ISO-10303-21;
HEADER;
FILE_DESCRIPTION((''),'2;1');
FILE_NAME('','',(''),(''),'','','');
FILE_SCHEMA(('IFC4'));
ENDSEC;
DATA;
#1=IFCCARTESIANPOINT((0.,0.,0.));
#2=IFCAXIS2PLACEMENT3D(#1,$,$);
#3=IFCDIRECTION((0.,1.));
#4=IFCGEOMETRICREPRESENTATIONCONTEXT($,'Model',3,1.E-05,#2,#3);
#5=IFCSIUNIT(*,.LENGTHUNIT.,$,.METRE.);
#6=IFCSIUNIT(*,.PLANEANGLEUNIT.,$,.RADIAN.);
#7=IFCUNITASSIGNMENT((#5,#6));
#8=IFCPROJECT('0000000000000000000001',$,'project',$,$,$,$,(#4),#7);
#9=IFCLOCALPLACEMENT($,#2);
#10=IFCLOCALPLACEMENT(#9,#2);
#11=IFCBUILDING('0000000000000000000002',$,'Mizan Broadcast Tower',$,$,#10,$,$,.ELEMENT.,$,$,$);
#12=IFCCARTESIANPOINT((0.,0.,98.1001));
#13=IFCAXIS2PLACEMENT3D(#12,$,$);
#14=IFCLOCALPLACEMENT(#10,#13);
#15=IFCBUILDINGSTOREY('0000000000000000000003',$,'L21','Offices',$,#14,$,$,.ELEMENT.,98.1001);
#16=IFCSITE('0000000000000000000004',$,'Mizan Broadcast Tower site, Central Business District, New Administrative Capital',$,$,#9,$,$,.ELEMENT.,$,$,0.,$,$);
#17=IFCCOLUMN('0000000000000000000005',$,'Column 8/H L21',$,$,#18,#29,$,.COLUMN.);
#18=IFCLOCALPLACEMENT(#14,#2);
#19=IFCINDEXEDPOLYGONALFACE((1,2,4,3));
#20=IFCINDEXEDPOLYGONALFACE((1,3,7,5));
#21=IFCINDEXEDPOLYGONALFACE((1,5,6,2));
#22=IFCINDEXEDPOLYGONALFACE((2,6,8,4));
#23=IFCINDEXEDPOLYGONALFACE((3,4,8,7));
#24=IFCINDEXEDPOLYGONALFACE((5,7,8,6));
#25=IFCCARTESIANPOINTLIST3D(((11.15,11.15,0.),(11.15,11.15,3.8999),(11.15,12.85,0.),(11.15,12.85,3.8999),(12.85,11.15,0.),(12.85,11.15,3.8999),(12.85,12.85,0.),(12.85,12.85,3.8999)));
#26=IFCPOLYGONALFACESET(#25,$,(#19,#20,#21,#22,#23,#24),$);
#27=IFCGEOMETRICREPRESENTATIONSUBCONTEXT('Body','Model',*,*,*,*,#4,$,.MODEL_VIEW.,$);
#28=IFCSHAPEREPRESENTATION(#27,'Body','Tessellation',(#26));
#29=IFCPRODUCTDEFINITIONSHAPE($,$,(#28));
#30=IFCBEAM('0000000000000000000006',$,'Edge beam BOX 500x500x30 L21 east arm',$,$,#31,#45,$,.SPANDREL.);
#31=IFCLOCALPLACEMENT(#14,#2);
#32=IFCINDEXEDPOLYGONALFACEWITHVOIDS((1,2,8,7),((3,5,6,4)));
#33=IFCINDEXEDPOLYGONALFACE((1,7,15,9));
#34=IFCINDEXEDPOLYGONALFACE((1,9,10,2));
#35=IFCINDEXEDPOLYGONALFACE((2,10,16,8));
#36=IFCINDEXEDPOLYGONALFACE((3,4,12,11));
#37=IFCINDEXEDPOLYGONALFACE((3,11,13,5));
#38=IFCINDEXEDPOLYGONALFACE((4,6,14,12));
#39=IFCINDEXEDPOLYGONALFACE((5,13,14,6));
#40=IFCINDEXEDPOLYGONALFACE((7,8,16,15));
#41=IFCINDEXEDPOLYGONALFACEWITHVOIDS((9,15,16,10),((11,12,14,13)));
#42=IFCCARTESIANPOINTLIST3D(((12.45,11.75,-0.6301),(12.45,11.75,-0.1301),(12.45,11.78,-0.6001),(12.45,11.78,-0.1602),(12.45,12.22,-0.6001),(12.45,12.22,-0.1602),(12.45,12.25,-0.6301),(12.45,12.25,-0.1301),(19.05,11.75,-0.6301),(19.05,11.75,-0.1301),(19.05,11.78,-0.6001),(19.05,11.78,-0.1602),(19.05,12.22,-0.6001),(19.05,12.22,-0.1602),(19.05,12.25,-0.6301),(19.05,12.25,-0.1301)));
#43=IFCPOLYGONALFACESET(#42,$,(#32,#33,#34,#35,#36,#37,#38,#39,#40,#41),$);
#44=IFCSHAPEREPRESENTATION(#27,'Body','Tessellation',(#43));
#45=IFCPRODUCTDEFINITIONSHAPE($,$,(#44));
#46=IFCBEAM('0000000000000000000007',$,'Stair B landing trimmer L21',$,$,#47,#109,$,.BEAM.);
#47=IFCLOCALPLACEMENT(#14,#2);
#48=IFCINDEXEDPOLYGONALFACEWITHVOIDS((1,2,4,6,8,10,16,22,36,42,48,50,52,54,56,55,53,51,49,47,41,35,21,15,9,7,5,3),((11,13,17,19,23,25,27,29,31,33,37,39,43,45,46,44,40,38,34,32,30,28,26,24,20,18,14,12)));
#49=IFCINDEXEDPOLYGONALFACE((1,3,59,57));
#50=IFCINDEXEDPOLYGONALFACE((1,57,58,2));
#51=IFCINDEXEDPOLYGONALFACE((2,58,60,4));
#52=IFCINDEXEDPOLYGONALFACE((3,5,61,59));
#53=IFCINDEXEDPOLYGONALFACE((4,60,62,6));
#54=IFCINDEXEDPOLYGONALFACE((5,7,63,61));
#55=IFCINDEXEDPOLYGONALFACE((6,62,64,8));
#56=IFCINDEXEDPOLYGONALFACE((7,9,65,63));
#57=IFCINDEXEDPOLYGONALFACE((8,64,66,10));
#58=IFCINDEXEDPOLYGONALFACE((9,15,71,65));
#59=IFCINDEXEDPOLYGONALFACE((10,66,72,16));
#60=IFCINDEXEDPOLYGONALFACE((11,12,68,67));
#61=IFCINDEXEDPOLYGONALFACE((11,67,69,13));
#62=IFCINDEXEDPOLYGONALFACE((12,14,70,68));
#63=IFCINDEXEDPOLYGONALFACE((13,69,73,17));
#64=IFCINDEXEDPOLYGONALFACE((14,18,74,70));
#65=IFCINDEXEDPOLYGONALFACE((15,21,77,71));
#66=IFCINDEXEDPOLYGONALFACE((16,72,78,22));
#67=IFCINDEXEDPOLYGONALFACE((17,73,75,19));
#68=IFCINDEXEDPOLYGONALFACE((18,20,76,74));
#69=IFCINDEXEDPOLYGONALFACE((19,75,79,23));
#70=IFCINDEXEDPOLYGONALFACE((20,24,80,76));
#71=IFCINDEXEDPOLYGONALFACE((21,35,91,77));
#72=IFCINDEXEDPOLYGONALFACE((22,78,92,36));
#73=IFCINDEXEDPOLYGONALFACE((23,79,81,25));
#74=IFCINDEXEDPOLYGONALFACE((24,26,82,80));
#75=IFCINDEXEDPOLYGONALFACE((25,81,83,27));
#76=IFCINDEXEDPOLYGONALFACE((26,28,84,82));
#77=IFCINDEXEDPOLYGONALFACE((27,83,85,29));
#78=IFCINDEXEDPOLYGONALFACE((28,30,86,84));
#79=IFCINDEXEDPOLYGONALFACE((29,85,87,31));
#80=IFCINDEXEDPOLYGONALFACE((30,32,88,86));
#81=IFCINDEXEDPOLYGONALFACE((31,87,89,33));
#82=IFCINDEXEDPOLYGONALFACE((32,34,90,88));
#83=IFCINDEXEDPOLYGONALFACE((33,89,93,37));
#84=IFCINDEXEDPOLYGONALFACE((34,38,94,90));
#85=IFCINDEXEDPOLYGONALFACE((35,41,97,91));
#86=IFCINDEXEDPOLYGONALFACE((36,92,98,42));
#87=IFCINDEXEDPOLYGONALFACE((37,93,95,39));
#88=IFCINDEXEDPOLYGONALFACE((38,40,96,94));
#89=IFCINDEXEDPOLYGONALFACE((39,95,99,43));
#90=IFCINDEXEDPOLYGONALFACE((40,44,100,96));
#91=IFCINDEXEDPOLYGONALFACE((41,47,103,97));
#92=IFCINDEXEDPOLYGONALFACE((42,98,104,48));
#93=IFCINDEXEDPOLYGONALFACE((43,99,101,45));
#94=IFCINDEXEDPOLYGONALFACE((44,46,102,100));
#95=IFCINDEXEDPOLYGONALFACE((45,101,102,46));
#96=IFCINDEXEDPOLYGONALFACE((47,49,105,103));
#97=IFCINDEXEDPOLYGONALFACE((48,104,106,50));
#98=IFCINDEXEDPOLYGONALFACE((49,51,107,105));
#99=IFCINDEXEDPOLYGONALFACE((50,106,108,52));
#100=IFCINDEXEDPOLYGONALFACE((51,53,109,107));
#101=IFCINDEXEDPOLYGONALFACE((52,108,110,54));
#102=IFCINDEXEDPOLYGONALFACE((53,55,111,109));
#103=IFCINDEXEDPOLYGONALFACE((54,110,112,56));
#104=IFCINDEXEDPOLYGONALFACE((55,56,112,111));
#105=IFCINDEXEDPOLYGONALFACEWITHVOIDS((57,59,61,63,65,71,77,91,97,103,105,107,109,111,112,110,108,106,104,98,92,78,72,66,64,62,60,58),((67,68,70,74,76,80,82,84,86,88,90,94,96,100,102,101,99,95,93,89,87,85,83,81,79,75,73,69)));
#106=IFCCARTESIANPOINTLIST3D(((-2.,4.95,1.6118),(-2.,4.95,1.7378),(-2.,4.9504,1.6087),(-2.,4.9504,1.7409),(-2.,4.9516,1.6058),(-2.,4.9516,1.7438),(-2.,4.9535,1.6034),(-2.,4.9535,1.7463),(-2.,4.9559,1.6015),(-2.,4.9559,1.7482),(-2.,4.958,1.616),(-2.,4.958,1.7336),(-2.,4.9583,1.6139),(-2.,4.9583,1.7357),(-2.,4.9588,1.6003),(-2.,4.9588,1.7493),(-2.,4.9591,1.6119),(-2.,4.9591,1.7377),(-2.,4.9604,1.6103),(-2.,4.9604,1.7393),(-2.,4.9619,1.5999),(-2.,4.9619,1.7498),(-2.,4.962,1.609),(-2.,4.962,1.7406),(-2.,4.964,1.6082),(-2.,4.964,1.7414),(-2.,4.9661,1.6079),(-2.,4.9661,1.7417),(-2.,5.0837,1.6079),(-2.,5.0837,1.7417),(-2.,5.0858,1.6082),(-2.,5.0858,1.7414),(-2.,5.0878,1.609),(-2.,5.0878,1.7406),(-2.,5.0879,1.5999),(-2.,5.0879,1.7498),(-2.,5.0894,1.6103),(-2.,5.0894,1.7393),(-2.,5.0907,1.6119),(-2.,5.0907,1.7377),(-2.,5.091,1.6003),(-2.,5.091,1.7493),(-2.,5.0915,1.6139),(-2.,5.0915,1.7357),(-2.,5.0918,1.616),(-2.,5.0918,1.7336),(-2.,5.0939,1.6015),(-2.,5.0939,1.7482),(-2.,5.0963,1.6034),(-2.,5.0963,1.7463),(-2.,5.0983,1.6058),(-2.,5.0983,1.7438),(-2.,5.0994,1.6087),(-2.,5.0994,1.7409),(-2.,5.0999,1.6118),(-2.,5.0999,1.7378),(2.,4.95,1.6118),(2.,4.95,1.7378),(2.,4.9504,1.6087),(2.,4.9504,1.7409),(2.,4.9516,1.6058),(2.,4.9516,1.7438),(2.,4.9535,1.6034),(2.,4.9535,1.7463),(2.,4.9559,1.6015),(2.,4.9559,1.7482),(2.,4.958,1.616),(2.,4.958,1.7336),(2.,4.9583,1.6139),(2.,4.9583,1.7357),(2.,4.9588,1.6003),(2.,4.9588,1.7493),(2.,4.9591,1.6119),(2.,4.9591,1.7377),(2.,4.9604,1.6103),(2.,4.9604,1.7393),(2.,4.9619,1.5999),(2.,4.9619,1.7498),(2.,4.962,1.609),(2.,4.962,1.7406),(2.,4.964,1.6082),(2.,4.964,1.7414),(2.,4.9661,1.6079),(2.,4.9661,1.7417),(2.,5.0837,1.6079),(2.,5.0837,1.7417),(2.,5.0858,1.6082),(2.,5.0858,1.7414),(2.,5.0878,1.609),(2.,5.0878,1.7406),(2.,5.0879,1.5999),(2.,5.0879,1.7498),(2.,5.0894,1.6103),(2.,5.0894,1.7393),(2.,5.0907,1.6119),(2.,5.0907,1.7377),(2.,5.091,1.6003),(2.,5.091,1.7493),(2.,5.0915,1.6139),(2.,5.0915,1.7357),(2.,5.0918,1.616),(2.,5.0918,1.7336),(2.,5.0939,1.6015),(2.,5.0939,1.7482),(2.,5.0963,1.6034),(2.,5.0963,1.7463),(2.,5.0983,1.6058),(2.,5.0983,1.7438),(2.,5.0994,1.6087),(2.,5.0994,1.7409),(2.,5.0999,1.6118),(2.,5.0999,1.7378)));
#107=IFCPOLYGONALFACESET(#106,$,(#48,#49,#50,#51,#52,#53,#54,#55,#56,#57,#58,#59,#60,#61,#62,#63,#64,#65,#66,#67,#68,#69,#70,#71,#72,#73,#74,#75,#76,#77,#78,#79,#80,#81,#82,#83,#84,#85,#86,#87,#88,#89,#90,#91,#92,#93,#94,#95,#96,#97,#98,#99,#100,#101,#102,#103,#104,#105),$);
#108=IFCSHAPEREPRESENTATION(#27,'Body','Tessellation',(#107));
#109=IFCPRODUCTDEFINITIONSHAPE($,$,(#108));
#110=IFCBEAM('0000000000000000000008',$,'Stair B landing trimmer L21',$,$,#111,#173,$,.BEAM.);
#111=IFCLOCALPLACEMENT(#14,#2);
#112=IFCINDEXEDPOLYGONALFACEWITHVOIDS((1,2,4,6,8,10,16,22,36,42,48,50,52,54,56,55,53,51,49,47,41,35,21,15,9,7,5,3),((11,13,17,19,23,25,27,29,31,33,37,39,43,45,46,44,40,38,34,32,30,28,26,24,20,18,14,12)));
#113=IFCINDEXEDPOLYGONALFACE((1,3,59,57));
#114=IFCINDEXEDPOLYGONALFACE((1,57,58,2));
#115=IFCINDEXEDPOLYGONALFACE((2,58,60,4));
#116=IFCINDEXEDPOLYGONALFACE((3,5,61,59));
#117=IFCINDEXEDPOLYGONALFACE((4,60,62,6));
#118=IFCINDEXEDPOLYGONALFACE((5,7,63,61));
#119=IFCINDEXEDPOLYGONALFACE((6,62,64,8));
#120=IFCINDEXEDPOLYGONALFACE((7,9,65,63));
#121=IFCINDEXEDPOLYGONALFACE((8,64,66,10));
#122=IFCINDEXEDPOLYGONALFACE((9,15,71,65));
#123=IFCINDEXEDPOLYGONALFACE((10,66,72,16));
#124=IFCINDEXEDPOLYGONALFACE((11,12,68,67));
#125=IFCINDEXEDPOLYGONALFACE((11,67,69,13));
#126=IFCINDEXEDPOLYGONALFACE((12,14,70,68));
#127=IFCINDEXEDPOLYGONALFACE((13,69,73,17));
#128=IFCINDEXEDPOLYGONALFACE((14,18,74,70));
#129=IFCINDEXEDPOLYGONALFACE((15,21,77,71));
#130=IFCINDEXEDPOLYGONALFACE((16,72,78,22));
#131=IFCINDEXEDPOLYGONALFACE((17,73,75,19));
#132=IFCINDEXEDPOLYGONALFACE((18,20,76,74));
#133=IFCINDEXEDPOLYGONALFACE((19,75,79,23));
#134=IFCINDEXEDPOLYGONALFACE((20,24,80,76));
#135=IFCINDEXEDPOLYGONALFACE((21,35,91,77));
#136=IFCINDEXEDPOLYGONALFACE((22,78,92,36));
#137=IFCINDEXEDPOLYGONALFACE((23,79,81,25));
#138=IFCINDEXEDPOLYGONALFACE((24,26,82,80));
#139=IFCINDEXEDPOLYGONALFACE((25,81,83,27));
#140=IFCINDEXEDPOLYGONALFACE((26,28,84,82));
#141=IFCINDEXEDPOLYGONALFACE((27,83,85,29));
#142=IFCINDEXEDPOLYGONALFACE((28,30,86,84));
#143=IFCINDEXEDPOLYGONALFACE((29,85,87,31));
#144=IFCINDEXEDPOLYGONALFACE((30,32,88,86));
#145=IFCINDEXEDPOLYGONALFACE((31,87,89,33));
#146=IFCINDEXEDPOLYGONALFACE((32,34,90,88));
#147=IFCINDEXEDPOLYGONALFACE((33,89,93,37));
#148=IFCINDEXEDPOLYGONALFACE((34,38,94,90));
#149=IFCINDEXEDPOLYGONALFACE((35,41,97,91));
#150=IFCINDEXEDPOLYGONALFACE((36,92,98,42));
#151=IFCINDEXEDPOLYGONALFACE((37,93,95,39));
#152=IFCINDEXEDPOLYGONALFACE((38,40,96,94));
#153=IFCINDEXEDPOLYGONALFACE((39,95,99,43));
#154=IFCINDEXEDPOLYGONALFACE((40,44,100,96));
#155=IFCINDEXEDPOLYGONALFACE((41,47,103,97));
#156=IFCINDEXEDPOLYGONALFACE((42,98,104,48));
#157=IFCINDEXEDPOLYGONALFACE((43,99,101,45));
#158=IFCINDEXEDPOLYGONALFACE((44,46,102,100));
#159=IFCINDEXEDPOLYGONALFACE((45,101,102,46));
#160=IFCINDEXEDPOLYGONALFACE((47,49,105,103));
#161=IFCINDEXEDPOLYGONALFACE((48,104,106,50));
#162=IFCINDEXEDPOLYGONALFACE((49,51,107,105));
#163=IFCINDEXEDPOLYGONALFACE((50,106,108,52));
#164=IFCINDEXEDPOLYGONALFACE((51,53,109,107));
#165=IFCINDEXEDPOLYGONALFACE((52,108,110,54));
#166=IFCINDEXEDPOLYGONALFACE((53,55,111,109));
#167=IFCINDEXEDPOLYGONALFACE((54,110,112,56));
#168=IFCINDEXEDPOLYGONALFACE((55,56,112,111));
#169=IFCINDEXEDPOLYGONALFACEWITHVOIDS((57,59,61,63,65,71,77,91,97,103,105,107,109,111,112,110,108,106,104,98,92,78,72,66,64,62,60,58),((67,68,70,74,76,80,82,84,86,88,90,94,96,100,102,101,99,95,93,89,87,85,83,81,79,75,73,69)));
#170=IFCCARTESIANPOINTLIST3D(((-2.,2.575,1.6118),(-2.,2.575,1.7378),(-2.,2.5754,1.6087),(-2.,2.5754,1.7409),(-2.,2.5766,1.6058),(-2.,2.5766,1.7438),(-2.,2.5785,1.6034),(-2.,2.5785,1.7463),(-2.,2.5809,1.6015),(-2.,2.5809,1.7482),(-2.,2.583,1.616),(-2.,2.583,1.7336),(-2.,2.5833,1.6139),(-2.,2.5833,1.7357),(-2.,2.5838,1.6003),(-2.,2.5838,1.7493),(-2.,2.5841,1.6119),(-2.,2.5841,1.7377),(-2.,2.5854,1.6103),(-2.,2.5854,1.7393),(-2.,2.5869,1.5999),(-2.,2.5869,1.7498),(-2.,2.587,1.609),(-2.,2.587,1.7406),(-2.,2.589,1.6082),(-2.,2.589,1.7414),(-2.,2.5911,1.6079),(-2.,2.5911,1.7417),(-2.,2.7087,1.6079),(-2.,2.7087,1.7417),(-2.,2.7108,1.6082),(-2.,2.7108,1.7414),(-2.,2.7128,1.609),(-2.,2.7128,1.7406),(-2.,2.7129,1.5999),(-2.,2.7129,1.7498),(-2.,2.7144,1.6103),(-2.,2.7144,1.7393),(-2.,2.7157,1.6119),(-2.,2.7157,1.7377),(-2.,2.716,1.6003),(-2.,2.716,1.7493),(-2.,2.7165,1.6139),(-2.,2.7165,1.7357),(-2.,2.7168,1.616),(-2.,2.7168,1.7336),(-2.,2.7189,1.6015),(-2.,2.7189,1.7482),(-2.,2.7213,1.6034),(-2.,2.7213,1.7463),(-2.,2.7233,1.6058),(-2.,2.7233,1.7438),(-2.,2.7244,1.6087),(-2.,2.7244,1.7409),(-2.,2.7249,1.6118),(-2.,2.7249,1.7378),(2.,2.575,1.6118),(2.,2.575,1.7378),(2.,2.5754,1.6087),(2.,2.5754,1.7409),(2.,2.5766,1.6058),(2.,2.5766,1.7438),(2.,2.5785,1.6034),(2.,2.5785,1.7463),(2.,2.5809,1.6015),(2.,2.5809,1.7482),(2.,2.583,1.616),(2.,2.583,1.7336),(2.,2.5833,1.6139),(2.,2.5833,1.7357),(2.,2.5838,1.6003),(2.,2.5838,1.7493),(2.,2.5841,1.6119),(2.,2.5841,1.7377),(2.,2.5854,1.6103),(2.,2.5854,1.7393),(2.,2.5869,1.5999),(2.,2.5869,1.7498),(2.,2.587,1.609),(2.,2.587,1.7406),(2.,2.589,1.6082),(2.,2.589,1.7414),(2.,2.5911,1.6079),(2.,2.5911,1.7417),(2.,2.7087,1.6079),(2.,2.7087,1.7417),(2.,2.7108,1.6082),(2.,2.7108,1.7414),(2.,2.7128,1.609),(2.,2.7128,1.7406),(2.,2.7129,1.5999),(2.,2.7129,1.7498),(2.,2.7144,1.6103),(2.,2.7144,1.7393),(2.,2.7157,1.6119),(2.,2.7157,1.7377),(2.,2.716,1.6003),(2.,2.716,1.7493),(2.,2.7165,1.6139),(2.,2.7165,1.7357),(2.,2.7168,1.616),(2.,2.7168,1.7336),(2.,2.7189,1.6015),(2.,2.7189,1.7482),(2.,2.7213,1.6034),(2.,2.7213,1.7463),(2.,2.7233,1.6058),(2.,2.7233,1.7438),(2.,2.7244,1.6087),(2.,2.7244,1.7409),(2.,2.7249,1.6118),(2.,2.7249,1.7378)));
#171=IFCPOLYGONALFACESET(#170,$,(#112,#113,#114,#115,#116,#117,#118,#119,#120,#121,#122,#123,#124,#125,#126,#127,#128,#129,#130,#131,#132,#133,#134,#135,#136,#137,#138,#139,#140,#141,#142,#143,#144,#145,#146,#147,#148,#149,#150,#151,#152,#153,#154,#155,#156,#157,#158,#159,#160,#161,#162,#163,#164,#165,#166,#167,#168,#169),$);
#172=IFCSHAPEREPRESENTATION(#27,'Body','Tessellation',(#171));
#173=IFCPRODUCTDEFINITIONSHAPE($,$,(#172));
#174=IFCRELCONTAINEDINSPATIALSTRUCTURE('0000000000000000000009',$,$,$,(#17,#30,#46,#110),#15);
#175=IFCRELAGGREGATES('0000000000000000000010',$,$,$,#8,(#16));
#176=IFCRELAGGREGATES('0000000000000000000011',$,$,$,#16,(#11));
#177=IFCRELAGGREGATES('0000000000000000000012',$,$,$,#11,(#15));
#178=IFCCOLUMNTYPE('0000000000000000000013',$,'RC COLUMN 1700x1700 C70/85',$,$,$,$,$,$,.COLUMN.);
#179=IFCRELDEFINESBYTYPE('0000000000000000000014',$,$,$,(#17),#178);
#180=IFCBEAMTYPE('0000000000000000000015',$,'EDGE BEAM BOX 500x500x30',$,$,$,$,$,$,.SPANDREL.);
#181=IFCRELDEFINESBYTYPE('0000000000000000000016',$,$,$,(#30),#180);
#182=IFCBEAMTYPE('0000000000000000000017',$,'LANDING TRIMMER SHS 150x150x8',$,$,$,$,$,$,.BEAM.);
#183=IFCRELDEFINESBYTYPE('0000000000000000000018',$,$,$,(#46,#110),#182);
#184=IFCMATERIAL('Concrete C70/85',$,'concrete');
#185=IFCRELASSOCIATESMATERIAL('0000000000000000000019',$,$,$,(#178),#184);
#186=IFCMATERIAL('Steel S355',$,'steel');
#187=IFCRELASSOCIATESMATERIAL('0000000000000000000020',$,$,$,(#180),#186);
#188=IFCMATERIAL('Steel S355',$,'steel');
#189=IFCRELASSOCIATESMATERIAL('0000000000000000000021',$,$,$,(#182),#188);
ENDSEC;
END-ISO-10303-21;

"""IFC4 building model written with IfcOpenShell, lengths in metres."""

from ifc_helpers import new_model, si_unit, direction, frame, origin, origin_2d, place, context, subcontext, project, spatial, rectangle, hollow_rectangle, extrude, material, material_profile, profile_set, type_object, element, save


model = new_model("IFC4")

# Units and contexts
model_context = context("Model", 3, precision=1e-05, world=origin(), true_north=direction((0.0, 1.0)))
body_context = subcontext(model_context, "Body", "Model", "MODEL_VIEW")
ifc_project = project(units=[si_unit("LENGTHUNIT", "METRE"), si_unit("PLANEANGLEUNIT", "RADIAN")], contexts=[model_context])

# Site, building, storey
site_placement = place(None, origin())
site = spatial("IfcSite", under=ifc_project, at=site_placement, Name="Mizan Broadcast Tower site, Central Business District, New Administrative Capital", CompositionType="ELEMENT", RefElevation=0.0)
building_placement = place(site_placement, origin())
building = spatial("IfcBuilding", under=site, at=building_placement, Name="Mizan Broadcast Tower", CompositionType="ELEMENT")
storey_placement = place(building_placement, frame((0.0, 0.0, 98.1001)))
storey = spatial("IfcBuildingStorey", under=building, at=storey_placement, Name="L21", Description="Offices", CompositionType="ELEMENT", Elevation=98.1001)

# Column
ifc_material_1 = material(Name="Concrete C70/85", Category="concrete")
ifc_material_profile_1 = material_profile(ifc_material_1, rectangle(XDim=1.7, YDim=1.7, at=origin_2d()), Name="RC 1700x1700")
ifc_profile_set_1 = profile_set([ifc_material_profile_1], Name="Concrete C70/85")
column_type = type_object("IfcColumnType", Name="RC COLUMN 1700x1700 C70/85", PredefinedType="COLUMN", material=ifc_profile_set_1)
column_placement = place(storey_placement, frame((12.0, 12.0, 0.0), z_axis=(0.0, 0.0, 1.0), x_axis=(1.0, 0.0, 0.0)))
element("IfcColumn", 1, at=column_placement, inside=storey, type_object=column_type, Name="Column 8/H L21", PredefinedType="COLUMN", context=body_context, shape_type="SweptSolid", body=[
    extrude(rectangle(XDim=1.7, YDim=1.7, at=origin_2d()), origin(), (0.0, 0.0, 1.0), 3.8999),
])

# Beams
ifc_material_2 = material(Name="Steel S355", Category="steel")
ifc_material_profile_2 = material_profile(ifc_material_2, hollow_rectangle(XDim=0.5, YDim=0.5, WallThickness=0.03, at=origin_2d()), Name="BOX 500x500x30")
ifc_profile_set_2 = profile_set([ifc_material_profile_2], Name="Steel S355")
beam_type_1 = type_object("IfcBeamType", Name="EDGE BEAM BOX 500x500x30", PredefinedType="SPANDREL", material=ifc_profile_set_2)
beam_1_placement = place(storey_placement, frame((12.45, 12.0, -0.3801), z_axis=(1.0, 0.0, 0.0), x_axis=(0.0, 1.0, 0.0)))
element("IfcBeam", 2, at=beam_1_placement, inside=storey, type_object=beam_type_1, Name="Edge beam BOX 500x500x30 L21 east arm", PredefinedType="SPANDREL", context=body_context, shape_type="SweptSolid", body=[
    extrude(hollow_rectangle(XDim=0.5, YDim=0.5, WallThickness=0.03, at=origin_2d()), origin(), (0.0, 0.0, 1.0), 6.6001),
])
ifc_material_3 = material(Name="Steel S355", Category="steel")
ifc_material_profile_3 = material_profile(ifc_material_3, hollow_rectangle(XDim=0.1499, YDim=0.1499, WallThickness=0.0081, InnerFilletRadius=0.0081, OuterFilletRadius=0.012, at=origin_2d()), Name="SHS 150x150x8")
ifc_profile_set_3 = profile_set([ifc_material_profile_3], Name="Steel S355")
beam_type_2 = type_object("IfcBeamType", Name="LANDING TRIMMER SHS 150x150x8", PredefinedType="BEAM", material=ifc_profile_set_3)
for number, where, z_axis, x_axis, name in (
    (3, (2.0, 5.0249, 1.6748), (-1.0, 0.0, 0.0), (0.0, -1.0, 0.0), "Stair B landing trimmer L21"),
    (4, (2.0, 2.6499, 1.6748), (-1.0, 0.0, 0.0), (0.0, -1.0, 0.0), "Stair B landing trimmer L21"),
):
    element("IfcBeam", number, at=place(storey_placement, frame(where, z_axis=z_axis, x_axis=x_axis)), inside=storey, type_object=beam_type_2, Name=name, PredefinedType="BEAM", context=body_context, shape_type="SweptSolid", body=[
        extrude(hollow_rectangle(XDim=0.1499, YDim=0.1499, WallThickness=0.0081, InnerFilletRadius=0.0081, OuterFilletRadius=0.012, at=origin_2d()), origin(), (0.0, 0.0, 1.0), 4.0),
    ])

save(model, "model.ifc")
